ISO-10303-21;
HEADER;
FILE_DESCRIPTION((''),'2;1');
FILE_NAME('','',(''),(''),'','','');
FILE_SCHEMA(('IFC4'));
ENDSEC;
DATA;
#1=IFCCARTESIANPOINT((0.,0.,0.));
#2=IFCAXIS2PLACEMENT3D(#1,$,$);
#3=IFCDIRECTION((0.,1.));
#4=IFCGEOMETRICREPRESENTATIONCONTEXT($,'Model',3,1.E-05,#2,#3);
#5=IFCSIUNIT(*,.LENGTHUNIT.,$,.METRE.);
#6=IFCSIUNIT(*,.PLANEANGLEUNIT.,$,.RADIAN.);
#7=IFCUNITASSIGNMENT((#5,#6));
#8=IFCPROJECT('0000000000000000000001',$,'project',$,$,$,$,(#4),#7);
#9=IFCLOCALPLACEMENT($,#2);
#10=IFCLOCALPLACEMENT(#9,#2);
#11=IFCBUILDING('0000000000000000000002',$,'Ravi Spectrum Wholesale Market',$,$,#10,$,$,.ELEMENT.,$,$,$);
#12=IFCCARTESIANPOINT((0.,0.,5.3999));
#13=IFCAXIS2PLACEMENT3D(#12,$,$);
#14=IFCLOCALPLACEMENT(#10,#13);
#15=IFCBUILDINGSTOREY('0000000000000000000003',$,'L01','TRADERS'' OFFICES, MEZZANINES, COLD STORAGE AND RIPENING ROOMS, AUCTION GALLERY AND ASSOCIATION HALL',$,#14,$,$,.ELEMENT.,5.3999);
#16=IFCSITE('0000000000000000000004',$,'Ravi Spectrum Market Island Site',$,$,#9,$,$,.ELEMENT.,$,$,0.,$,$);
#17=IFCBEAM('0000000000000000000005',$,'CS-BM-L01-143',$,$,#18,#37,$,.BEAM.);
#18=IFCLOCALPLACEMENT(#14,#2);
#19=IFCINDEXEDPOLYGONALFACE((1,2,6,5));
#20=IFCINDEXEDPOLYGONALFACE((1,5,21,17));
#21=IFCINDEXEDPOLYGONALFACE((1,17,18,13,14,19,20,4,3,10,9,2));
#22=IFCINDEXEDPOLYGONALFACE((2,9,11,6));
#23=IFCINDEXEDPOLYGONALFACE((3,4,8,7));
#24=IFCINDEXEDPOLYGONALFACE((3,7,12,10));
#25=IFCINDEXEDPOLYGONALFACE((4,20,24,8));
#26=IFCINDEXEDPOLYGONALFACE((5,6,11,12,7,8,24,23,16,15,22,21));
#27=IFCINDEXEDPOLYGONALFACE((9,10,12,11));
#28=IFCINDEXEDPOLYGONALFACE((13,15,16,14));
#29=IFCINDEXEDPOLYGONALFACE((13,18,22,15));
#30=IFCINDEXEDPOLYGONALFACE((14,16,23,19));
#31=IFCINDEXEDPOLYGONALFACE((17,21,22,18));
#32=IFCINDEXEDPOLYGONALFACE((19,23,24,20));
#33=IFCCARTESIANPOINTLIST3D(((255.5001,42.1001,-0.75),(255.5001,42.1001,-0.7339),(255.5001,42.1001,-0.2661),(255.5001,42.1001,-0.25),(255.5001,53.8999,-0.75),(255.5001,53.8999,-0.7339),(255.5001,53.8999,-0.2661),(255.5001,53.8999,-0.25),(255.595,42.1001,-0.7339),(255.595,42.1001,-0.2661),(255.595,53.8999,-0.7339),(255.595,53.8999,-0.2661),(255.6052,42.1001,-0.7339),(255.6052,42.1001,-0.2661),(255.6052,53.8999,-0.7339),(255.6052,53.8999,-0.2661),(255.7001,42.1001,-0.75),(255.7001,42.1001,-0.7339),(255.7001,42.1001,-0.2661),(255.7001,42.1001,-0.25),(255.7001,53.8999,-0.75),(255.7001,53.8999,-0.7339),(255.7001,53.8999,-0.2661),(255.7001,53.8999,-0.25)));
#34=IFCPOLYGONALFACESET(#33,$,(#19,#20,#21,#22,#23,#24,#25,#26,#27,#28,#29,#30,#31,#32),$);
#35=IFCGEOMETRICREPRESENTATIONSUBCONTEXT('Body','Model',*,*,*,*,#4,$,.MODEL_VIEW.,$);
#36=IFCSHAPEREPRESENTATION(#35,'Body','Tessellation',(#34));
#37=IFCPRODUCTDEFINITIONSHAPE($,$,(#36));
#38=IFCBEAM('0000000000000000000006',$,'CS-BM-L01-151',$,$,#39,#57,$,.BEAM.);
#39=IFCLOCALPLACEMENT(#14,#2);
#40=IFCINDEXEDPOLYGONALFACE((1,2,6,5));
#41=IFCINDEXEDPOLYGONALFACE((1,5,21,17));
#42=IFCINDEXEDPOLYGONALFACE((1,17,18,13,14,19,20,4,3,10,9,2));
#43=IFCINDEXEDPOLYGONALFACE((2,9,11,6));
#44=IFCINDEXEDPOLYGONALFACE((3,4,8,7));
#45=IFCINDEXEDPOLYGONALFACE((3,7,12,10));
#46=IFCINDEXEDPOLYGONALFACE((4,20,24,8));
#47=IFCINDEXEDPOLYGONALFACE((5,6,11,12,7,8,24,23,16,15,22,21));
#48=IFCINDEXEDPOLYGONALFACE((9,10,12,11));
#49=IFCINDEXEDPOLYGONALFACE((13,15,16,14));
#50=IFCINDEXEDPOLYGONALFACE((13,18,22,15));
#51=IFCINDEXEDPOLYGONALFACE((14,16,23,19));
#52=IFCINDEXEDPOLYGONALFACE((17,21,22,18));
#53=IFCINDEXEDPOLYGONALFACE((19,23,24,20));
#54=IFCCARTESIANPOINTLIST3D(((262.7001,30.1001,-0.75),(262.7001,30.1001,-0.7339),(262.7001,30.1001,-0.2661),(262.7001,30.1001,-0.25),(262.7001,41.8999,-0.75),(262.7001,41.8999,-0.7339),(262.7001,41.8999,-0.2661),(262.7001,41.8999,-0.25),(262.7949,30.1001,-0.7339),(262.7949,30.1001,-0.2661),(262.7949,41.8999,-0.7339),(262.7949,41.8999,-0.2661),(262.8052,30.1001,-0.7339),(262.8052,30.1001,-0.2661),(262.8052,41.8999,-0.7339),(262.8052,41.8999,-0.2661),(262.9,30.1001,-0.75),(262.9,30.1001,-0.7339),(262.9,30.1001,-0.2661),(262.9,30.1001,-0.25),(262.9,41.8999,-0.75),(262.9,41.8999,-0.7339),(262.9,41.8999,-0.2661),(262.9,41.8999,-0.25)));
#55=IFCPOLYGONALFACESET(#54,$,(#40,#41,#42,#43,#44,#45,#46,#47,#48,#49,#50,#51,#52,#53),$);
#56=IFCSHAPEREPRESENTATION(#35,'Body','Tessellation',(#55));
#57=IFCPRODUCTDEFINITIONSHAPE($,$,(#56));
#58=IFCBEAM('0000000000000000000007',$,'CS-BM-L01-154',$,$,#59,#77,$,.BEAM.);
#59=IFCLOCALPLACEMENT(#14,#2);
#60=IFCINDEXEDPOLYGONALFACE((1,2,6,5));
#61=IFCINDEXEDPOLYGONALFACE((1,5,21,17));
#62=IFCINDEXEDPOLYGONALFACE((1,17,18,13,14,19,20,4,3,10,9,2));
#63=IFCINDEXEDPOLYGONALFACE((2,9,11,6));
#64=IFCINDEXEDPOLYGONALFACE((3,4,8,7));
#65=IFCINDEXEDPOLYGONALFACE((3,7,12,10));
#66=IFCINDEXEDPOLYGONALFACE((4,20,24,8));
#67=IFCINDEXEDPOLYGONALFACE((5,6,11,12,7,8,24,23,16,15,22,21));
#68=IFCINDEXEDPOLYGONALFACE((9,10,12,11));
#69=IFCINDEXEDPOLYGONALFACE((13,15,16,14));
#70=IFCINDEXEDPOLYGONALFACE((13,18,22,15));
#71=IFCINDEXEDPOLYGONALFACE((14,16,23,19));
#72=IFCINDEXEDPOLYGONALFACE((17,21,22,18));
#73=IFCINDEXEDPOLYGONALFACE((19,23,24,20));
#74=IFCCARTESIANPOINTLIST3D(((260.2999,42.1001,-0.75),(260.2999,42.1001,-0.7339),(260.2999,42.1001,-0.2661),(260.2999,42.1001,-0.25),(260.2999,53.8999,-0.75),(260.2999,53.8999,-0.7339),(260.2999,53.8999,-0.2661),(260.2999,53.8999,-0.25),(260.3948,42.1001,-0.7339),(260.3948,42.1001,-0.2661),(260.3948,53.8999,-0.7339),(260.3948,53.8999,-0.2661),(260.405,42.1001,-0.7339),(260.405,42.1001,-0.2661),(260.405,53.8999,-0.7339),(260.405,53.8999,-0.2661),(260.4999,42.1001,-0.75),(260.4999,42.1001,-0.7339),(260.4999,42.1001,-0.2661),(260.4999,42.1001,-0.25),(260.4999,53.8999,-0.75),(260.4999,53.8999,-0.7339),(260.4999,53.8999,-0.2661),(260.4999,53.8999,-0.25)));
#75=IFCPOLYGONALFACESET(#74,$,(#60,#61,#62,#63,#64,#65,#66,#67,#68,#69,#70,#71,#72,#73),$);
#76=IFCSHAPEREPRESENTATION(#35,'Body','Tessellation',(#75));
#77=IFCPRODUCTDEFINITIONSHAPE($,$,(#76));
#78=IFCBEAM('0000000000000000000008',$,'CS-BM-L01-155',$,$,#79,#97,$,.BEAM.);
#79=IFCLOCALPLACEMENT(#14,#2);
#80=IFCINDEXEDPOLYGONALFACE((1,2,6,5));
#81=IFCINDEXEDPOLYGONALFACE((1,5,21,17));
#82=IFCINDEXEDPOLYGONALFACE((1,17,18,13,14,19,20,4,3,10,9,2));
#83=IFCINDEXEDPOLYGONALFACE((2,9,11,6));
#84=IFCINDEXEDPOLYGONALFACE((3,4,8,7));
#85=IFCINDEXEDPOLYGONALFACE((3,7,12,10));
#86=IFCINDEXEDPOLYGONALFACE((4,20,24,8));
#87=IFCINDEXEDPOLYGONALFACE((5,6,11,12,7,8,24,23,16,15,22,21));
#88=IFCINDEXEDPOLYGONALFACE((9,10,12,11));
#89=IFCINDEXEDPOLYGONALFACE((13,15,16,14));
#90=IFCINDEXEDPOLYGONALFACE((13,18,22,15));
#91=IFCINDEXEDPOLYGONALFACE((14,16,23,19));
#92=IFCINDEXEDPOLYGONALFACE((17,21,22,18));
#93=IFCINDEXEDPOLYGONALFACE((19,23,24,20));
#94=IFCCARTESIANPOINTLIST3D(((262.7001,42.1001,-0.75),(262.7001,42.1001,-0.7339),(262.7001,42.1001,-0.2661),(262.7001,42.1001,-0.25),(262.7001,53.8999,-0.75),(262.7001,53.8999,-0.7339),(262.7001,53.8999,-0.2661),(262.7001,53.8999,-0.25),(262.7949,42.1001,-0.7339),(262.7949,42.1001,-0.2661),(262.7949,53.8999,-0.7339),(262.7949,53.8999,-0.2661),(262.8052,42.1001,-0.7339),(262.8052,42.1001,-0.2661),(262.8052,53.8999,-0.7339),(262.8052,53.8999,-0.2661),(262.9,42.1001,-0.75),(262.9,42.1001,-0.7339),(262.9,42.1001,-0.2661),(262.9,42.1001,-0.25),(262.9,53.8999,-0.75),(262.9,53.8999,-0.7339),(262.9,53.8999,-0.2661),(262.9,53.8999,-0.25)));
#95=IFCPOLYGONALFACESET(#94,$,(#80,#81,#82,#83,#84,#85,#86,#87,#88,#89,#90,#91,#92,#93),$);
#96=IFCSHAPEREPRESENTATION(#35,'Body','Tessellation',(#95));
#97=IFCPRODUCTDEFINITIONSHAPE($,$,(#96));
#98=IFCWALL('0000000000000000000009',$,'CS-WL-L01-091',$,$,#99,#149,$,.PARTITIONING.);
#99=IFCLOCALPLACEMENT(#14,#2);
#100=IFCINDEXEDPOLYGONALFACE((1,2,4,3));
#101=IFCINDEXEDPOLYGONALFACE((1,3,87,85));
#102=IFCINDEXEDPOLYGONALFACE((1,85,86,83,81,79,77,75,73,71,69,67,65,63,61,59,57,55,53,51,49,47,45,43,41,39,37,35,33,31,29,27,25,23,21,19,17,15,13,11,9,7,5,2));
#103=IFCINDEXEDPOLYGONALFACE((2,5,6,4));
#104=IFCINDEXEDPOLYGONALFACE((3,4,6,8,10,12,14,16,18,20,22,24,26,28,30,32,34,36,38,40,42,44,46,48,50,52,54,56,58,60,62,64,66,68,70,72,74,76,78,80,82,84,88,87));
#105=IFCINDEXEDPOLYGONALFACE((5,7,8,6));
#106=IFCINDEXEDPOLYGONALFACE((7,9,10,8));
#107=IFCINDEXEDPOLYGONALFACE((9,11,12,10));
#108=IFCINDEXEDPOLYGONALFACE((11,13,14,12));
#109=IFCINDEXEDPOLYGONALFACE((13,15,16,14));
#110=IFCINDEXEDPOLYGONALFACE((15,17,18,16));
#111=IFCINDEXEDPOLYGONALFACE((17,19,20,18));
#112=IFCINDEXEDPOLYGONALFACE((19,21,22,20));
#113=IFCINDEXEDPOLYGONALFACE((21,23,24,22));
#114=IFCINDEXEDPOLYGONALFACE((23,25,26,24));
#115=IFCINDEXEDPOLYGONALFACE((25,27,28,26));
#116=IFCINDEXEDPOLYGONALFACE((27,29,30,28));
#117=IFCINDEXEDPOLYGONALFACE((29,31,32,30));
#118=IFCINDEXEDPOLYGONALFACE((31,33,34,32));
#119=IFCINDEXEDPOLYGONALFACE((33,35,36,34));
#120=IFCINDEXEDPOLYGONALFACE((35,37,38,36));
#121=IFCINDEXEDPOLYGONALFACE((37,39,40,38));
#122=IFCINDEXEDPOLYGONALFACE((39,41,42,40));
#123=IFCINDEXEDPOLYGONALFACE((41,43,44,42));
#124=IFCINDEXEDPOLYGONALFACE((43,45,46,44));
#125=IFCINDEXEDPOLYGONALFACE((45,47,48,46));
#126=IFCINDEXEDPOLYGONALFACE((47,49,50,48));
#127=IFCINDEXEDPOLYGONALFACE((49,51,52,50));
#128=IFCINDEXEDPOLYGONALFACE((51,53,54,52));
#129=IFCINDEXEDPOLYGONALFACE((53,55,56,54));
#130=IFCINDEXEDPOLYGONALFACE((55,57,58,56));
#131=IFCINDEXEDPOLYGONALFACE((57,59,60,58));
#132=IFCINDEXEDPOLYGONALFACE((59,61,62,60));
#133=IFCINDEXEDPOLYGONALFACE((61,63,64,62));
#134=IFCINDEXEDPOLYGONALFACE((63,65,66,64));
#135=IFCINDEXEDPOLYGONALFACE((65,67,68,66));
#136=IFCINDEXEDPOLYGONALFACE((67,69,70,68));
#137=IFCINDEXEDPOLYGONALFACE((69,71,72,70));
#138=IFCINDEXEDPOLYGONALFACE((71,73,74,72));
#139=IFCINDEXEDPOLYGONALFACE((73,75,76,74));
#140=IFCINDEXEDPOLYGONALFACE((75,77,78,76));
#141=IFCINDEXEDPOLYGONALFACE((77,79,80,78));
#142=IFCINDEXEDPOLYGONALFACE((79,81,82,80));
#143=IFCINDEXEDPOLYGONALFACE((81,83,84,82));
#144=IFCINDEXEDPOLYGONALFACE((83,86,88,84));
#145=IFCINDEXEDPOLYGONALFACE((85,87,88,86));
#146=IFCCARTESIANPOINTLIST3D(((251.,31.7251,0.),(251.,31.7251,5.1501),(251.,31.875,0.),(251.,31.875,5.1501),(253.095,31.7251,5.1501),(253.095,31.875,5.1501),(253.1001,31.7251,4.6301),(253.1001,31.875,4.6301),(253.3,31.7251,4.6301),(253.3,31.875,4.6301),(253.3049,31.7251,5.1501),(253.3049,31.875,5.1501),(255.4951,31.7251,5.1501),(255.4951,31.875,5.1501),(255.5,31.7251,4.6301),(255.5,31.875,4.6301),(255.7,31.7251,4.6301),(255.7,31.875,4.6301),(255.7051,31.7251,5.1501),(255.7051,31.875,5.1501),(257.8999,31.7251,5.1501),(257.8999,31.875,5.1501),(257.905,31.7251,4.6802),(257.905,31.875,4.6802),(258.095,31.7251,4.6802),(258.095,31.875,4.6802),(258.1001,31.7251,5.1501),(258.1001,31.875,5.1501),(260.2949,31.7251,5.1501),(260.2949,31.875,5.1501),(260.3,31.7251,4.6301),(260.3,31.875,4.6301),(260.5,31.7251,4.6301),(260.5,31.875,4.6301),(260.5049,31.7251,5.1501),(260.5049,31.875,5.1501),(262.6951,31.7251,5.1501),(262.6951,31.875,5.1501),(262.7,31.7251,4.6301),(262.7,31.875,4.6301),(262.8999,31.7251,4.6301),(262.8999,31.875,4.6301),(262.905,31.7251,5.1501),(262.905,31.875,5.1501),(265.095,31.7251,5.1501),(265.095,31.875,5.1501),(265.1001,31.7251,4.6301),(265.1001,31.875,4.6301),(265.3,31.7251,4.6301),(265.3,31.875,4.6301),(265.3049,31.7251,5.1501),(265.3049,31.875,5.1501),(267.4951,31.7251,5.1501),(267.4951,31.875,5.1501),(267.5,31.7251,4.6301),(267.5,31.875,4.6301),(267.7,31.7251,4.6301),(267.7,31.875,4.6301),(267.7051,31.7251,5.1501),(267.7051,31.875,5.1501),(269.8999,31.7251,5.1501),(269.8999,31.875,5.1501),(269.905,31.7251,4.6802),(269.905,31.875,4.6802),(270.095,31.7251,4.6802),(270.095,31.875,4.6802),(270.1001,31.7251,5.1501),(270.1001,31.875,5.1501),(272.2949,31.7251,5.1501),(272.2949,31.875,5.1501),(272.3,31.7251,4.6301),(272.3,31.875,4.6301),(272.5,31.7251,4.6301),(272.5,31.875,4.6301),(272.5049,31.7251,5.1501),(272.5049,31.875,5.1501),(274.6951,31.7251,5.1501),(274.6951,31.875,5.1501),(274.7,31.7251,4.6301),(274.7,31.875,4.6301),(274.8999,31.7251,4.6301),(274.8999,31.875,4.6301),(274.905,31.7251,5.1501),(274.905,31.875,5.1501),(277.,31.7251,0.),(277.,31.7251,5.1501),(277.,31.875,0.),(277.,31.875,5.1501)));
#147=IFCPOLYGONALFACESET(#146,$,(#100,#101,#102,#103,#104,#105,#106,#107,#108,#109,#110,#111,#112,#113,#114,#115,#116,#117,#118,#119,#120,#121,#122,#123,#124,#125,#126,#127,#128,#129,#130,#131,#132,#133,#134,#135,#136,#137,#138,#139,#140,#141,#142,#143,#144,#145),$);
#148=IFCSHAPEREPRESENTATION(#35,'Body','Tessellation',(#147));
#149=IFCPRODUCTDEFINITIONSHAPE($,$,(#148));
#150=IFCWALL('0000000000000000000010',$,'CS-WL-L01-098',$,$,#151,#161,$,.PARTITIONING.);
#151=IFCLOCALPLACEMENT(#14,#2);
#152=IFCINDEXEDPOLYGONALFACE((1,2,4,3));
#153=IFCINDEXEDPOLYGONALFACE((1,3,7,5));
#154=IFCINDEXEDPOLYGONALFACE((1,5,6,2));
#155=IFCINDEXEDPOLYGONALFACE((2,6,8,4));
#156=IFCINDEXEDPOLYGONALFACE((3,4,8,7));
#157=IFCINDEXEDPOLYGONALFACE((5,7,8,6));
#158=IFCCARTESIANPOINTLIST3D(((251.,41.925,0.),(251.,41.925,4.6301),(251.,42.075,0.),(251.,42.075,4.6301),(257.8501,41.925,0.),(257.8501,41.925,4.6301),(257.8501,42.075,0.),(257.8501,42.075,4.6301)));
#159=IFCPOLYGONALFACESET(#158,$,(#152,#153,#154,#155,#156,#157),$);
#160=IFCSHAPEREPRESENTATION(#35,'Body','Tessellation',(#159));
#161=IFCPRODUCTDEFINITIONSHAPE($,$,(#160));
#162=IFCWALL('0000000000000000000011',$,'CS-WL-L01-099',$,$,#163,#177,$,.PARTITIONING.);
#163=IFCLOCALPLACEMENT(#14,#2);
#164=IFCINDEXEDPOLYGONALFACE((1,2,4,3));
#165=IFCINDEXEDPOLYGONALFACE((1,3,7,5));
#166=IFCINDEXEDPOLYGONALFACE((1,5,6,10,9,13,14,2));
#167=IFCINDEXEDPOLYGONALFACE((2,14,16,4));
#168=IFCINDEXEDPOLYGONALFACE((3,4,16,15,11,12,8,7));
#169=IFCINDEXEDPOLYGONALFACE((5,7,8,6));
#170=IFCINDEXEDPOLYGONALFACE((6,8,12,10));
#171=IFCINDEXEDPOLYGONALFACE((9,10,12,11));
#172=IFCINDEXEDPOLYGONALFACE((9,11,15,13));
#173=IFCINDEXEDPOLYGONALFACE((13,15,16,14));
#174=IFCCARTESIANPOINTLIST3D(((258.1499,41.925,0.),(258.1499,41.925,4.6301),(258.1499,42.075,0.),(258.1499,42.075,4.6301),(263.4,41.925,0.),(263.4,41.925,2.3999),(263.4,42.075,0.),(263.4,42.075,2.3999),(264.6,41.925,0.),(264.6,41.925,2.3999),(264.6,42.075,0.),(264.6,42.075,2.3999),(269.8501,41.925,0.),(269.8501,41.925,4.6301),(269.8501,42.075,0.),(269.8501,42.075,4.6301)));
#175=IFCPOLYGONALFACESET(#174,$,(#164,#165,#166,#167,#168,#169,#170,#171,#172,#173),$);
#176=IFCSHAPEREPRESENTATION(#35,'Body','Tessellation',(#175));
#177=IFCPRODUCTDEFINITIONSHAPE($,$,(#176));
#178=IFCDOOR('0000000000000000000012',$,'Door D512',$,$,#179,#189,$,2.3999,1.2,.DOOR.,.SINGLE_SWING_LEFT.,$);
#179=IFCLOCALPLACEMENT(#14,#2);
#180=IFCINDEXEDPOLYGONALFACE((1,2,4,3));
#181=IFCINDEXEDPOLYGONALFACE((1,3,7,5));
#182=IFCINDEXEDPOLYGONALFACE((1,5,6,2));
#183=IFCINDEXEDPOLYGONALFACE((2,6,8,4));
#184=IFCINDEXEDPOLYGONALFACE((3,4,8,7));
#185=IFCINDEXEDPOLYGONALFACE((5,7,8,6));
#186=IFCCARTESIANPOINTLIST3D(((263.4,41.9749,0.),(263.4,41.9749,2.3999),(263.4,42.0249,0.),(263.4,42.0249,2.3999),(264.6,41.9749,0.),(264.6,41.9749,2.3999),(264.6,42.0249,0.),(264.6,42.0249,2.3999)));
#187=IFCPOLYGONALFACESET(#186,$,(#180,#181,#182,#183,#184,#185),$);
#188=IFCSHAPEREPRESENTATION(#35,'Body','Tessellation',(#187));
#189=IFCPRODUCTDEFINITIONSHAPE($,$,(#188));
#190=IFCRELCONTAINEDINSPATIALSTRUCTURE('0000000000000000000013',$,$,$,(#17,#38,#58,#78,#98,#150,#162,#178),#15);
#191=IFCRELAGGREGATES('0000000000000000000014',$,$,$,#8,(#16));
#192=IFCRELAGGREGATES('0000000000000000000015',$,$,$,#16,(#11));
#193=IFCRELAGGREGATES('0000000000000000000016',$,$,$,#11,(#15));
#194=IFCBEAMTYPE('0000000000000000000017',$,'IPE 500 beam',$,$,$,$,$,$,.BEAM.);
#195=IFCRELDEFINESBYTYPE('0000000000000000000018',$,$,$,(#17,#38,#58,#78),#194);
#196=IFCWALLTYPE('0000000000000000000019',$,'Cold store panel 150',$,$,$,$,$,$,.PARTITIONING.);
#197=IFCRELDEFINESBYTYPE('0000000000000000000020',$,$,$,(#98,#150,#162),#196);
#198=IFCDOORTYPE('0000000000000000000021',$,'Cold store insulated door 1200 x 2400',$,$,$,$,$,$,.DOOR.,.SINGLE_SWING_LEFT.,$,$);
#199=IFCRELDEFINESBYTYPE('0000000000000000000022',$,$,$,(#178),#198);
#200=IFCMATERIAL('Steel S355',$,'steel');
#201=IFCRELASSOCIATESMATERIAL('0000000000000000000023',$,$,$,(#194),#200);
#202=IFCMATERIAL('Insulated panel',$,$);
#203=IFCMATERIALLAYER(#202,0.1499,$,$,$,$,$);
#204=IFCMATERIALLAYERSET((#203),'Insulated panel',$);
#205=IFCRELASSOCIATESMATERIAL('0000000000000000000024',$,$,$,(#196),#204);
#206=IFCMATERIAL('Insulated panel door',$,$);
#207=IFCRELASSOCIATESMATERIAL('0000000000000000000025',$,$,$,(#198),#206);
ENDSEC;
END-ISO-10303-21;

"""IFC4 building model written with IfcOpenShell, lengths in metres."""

from ifc_helpers import new_model, si_unit, direction, frame, frame_2d, origin, origin_2d, place, context, subcontext, project, spatial, polyline, rectangle, i_section, outline, extrude, material, layer, layer_set, material_profile, profile_set, type_object, element, fill, save


model = new_model("IFC4")

# Units and contexts
model_context = context("Model", 3, precision=1e-05, world=origin(), true_north=direction((0.0, 1.0)))
body_context = subcontext(model_context, "Body", "Model", "MODEL_VIEW")
ifc_project = project(units=[si_unit("LENGTHUNIT", "METRE"), si_unit("PLANEANGLEUNIT", "RADIAN")], contexts=[model_context])

# Site, building, storey
site_placement = place(None, origin())
site = spatial("IfcSite", under=ifc_project, at=site_placement, Name="Ravi Spectrum Market Island Site", CompositionType="ELEMENT", RefElevation=0.0)
building_placement = place(site_placement, origin())
building = spatial("IfcBuilding", under=site, at=building_placement, Name="Ravi Spectrum Wholesale Market", CompositionType="ELEMENT")
storey_placement = place(building_placement, frame((0.0, 0.0, 5.3999)))
storey = spatial("IfcBuildingStorey", under=building, at=storey_placement, Name="L01", Description="TRADERS' OFFICES, MEZZANINES, COLD STORAGE AND RIPENING ROOMS, AUCTION GALLERY AND ASSOCIATION HALL", CompositionType="ELEMENT", Elevation=5.3999)

# Beams
ifc_material_1 = material(Name="Steel S355", Category="steel")
ifc_material_profile_1 = material_profile(ifc_material_1, i_section(OverallWidth=0.2, OverallDepth=0.5, WebThickness=0.0103, FlangeThickness=0.0161, at=origin_2d()))
ifc_profile_set_1 = profile_set([ifc_material_profile_1], Name="Steel S355")
beam_type_1 = type_object("IfcBeamType", Name="IPE 500 beam", PredefinedType="BEAM", material=ifc_profile_set_1)
for number, where, z_axis, x_axis, name in (
    (1, (255.6001, 42.1001, -0.5), (0.0, 1.0, 0.0), (-1.0, 0.0, 0.0), "CS-BM-L01-143"),
    (2, (262.8, 30.1001, -0.5), (0.0, 1.0, 0.0), (-1.0, 0.0, 0.0), "CS-BM-L01-151"),
    (3, (260.3999, 42.1001, -0.5), (0.0, 1.0, 0.0), (-1.0, 0.0, 0.0), "CS-BM-L01-154"),
    (4, (262.8, 42.1001, -0.5), (0.0, 1.0, 0.0), (-1.0, 0.0, 0.0), "CS-BM-L01-155"),
):
    element("IfcBeam", number, at=place(storey_placement, frame(where, z_axis=z_axis, x_axis=x_axis)), inside=storey, type_object=beam_type_1, Name=name, PredefinedType="BEAM", context=body_context, shape_type="SweptSolid", body=[
        extrude(i_section(OverallWidth=0.2, OverallDepth=0.5, WebThickness=0.0103, FlangeThickness=0.0161, at=origin_2d()), origin(), (0.0, 0.0, 1.0), 11.7998),
    ])

# Walls
ifc_material_2 = material(Name="Insulated panel")
ifc_layer_1 = layer(ifc_material_2, 0.1499)
ifc_layer_set_1 = layer_set([ifc_layer_1], Name="Insulated panel")
wall_type_1 = type_object("IfcWallType", Name="Cold store panel 150", PredefinedType="PARTITIONING", material=ifc_layer_set_1)
wall_1_placement = place(storey_placement, frame((251.0, 31.8, 0.0), z_axis=(0.0, 0.0, 1.0), x_axis=(1.0, 0.0, 0.0)))
element("IfcWall", 5, at=wall_1_placement, inside=storey, type_object=wall_type_1, Name="CS-WL-L01-091", PredefinedType="PARTITIONING", context=body_context, shape_type="SweptSolid", body=[
    extrude(outline(polyline([(0.0, 0.0), (26.0, 0.0), (26.0, 5.1501), (23.905, 5.1501), (23.8999, 4.6301), (23.7, 4.6301), (23.6951, 5.1501), (21.5049, 5.1501), (21.5, 4.6301), (21.3, 4.6301), (21.2949, 5.1501), (19.1001, 5.1501), (19.095, 4.6802), (18.905, 4.6802), (18.8999, 5.1501), (16.7051, 5.1501), (16.7, 4.6301), (16.5, 4.6301), (16.4951, 5.1501), (14.3049, 5.1501), (14.3, 4.6301), (14.1001, 4.6301), (14.095, 5.1501), (11.905, 5.1501), (11.8999, 4.6301), (11.7, 4.6301), (11.6951, 5.1501), (9.5049, 5.1501), (9.5, 4.6301), (9.3, 4.6301), (9.2949, 5.1501), (7.1001, 5.1501), (7.095, 4.6802), (6.905, 4.6802), (6.8999, 5.1501), (4.7051, 5.1501), (4.7, 4.6301), (4.5, 4.6301), (4.4951, 5.1501), (2.3049, 5.1501), (2.3, 4.6301), (2.1001, 4.6301), (2.095, 5.1501), (0.0, 5.1501), (0.0, 0.0)])), frame((0.0, 0.075, 0.0), z_axis=(0.0, -1.0, 0.0), x_axis=(1.0, 0.0, 0.0)), (0.0, 0.0, 1.0), 0.1499),
])
wall_2_placement = place(storey_placement, frame((251.0, 42.0, 0.0), z_axis=(0.0, 0.0, 1.0), x_axis=(1.0, 0.0, 0.0)))
element("IfcWall", 6, at=wall_2_placement, inside=storey, type_object=wall_type_1, Name="CS-WL-L01-098", PredefinedType="PARTITIONING", context=body_context, shape_type="SweptSolid", body=[
    extrude(rectangle(XDim=6.8501, YDim=0.1499, at=frame_2d((3.425, 0.0))), origin(), (0.0, 0.0, 1.0), 4.6301),
])

# Wall, opening, door
wall_3_placement = place(storey_placement, frame((258.1499, 42.0, 0.0), z_axis=(0.0, 0.0, 1.0), x_axis=(1.0, 0.0, 0.0)))
wall_3 = element("IfcWall", 7, at=wall_3_placement, inside=storey, type_object=wall_type_1, Name="CS-WL-L01-099", PredefinedType="PARTITIONING", context=body_context, shape_type="SweptSolid", body=[
    extrude(rectangle(XDim=11.7002, YDim=0.1499, at=frame_2d((5.8501, 0.0))), origin(), (0.0, 0.0, 1.0), 4.6301),
])
opening_1_placement = place(wall_3_placement, frame((5.25, 0.0, 0.0)))
opening_1 = element("IfcOpeningElement", 8, at=opening_1_placement, cuts=wall_3, PredefinedType="OPENING", context=body_context, shape_type="SweptSolid", body=[
    extrude(rectangle(XDim=1.2, YDim=2.3999, at=frame_2d((0.6001, 1.2))), frame((0.0, 0.085, 0.0), z_axis=(0.0, -1.0, 0.0), x_axis=(1.0, 0.0, 0.0)), (0.0, 0.0, 1.0), 0.1699),
])
ifc_material_3 = material(Name="Insulated panel door")
door_type = type_object("IfcDoorType", Name="Cold store insulated door 1200 x 2400", OperationType="SINGLE_SWING_LEFT", PredefinedType="DOOR", material=ifc_material_3)
door_1_placement = place(opening_1_placement, origin())
door_1 = element("IfcDoor", 9, at=door_1_placement, inside=storey, type_object=door_type, Name="Door D512", OperationType="SINGLE_SWING_LEFT", OverallHeight=2.3999, OverallWidth=1.2, PredefinedType="DOOR", context=body_context, shape_type="SweptSolid", body=[
    extrude(rectangle(XDim=1.2, YDim=2.3999, at=frame_2d((0.6001, 1.2))), frame((0.0, 0.0249, 0.0), z_axis=(0.0, -1.0, 0.0), x_axis=(1.0, 0.0, 0.0)), (0.0, 0.0, 1.0), 0.05),
])
fill(opening_1, door_1)

save(model, "model.ifc")
